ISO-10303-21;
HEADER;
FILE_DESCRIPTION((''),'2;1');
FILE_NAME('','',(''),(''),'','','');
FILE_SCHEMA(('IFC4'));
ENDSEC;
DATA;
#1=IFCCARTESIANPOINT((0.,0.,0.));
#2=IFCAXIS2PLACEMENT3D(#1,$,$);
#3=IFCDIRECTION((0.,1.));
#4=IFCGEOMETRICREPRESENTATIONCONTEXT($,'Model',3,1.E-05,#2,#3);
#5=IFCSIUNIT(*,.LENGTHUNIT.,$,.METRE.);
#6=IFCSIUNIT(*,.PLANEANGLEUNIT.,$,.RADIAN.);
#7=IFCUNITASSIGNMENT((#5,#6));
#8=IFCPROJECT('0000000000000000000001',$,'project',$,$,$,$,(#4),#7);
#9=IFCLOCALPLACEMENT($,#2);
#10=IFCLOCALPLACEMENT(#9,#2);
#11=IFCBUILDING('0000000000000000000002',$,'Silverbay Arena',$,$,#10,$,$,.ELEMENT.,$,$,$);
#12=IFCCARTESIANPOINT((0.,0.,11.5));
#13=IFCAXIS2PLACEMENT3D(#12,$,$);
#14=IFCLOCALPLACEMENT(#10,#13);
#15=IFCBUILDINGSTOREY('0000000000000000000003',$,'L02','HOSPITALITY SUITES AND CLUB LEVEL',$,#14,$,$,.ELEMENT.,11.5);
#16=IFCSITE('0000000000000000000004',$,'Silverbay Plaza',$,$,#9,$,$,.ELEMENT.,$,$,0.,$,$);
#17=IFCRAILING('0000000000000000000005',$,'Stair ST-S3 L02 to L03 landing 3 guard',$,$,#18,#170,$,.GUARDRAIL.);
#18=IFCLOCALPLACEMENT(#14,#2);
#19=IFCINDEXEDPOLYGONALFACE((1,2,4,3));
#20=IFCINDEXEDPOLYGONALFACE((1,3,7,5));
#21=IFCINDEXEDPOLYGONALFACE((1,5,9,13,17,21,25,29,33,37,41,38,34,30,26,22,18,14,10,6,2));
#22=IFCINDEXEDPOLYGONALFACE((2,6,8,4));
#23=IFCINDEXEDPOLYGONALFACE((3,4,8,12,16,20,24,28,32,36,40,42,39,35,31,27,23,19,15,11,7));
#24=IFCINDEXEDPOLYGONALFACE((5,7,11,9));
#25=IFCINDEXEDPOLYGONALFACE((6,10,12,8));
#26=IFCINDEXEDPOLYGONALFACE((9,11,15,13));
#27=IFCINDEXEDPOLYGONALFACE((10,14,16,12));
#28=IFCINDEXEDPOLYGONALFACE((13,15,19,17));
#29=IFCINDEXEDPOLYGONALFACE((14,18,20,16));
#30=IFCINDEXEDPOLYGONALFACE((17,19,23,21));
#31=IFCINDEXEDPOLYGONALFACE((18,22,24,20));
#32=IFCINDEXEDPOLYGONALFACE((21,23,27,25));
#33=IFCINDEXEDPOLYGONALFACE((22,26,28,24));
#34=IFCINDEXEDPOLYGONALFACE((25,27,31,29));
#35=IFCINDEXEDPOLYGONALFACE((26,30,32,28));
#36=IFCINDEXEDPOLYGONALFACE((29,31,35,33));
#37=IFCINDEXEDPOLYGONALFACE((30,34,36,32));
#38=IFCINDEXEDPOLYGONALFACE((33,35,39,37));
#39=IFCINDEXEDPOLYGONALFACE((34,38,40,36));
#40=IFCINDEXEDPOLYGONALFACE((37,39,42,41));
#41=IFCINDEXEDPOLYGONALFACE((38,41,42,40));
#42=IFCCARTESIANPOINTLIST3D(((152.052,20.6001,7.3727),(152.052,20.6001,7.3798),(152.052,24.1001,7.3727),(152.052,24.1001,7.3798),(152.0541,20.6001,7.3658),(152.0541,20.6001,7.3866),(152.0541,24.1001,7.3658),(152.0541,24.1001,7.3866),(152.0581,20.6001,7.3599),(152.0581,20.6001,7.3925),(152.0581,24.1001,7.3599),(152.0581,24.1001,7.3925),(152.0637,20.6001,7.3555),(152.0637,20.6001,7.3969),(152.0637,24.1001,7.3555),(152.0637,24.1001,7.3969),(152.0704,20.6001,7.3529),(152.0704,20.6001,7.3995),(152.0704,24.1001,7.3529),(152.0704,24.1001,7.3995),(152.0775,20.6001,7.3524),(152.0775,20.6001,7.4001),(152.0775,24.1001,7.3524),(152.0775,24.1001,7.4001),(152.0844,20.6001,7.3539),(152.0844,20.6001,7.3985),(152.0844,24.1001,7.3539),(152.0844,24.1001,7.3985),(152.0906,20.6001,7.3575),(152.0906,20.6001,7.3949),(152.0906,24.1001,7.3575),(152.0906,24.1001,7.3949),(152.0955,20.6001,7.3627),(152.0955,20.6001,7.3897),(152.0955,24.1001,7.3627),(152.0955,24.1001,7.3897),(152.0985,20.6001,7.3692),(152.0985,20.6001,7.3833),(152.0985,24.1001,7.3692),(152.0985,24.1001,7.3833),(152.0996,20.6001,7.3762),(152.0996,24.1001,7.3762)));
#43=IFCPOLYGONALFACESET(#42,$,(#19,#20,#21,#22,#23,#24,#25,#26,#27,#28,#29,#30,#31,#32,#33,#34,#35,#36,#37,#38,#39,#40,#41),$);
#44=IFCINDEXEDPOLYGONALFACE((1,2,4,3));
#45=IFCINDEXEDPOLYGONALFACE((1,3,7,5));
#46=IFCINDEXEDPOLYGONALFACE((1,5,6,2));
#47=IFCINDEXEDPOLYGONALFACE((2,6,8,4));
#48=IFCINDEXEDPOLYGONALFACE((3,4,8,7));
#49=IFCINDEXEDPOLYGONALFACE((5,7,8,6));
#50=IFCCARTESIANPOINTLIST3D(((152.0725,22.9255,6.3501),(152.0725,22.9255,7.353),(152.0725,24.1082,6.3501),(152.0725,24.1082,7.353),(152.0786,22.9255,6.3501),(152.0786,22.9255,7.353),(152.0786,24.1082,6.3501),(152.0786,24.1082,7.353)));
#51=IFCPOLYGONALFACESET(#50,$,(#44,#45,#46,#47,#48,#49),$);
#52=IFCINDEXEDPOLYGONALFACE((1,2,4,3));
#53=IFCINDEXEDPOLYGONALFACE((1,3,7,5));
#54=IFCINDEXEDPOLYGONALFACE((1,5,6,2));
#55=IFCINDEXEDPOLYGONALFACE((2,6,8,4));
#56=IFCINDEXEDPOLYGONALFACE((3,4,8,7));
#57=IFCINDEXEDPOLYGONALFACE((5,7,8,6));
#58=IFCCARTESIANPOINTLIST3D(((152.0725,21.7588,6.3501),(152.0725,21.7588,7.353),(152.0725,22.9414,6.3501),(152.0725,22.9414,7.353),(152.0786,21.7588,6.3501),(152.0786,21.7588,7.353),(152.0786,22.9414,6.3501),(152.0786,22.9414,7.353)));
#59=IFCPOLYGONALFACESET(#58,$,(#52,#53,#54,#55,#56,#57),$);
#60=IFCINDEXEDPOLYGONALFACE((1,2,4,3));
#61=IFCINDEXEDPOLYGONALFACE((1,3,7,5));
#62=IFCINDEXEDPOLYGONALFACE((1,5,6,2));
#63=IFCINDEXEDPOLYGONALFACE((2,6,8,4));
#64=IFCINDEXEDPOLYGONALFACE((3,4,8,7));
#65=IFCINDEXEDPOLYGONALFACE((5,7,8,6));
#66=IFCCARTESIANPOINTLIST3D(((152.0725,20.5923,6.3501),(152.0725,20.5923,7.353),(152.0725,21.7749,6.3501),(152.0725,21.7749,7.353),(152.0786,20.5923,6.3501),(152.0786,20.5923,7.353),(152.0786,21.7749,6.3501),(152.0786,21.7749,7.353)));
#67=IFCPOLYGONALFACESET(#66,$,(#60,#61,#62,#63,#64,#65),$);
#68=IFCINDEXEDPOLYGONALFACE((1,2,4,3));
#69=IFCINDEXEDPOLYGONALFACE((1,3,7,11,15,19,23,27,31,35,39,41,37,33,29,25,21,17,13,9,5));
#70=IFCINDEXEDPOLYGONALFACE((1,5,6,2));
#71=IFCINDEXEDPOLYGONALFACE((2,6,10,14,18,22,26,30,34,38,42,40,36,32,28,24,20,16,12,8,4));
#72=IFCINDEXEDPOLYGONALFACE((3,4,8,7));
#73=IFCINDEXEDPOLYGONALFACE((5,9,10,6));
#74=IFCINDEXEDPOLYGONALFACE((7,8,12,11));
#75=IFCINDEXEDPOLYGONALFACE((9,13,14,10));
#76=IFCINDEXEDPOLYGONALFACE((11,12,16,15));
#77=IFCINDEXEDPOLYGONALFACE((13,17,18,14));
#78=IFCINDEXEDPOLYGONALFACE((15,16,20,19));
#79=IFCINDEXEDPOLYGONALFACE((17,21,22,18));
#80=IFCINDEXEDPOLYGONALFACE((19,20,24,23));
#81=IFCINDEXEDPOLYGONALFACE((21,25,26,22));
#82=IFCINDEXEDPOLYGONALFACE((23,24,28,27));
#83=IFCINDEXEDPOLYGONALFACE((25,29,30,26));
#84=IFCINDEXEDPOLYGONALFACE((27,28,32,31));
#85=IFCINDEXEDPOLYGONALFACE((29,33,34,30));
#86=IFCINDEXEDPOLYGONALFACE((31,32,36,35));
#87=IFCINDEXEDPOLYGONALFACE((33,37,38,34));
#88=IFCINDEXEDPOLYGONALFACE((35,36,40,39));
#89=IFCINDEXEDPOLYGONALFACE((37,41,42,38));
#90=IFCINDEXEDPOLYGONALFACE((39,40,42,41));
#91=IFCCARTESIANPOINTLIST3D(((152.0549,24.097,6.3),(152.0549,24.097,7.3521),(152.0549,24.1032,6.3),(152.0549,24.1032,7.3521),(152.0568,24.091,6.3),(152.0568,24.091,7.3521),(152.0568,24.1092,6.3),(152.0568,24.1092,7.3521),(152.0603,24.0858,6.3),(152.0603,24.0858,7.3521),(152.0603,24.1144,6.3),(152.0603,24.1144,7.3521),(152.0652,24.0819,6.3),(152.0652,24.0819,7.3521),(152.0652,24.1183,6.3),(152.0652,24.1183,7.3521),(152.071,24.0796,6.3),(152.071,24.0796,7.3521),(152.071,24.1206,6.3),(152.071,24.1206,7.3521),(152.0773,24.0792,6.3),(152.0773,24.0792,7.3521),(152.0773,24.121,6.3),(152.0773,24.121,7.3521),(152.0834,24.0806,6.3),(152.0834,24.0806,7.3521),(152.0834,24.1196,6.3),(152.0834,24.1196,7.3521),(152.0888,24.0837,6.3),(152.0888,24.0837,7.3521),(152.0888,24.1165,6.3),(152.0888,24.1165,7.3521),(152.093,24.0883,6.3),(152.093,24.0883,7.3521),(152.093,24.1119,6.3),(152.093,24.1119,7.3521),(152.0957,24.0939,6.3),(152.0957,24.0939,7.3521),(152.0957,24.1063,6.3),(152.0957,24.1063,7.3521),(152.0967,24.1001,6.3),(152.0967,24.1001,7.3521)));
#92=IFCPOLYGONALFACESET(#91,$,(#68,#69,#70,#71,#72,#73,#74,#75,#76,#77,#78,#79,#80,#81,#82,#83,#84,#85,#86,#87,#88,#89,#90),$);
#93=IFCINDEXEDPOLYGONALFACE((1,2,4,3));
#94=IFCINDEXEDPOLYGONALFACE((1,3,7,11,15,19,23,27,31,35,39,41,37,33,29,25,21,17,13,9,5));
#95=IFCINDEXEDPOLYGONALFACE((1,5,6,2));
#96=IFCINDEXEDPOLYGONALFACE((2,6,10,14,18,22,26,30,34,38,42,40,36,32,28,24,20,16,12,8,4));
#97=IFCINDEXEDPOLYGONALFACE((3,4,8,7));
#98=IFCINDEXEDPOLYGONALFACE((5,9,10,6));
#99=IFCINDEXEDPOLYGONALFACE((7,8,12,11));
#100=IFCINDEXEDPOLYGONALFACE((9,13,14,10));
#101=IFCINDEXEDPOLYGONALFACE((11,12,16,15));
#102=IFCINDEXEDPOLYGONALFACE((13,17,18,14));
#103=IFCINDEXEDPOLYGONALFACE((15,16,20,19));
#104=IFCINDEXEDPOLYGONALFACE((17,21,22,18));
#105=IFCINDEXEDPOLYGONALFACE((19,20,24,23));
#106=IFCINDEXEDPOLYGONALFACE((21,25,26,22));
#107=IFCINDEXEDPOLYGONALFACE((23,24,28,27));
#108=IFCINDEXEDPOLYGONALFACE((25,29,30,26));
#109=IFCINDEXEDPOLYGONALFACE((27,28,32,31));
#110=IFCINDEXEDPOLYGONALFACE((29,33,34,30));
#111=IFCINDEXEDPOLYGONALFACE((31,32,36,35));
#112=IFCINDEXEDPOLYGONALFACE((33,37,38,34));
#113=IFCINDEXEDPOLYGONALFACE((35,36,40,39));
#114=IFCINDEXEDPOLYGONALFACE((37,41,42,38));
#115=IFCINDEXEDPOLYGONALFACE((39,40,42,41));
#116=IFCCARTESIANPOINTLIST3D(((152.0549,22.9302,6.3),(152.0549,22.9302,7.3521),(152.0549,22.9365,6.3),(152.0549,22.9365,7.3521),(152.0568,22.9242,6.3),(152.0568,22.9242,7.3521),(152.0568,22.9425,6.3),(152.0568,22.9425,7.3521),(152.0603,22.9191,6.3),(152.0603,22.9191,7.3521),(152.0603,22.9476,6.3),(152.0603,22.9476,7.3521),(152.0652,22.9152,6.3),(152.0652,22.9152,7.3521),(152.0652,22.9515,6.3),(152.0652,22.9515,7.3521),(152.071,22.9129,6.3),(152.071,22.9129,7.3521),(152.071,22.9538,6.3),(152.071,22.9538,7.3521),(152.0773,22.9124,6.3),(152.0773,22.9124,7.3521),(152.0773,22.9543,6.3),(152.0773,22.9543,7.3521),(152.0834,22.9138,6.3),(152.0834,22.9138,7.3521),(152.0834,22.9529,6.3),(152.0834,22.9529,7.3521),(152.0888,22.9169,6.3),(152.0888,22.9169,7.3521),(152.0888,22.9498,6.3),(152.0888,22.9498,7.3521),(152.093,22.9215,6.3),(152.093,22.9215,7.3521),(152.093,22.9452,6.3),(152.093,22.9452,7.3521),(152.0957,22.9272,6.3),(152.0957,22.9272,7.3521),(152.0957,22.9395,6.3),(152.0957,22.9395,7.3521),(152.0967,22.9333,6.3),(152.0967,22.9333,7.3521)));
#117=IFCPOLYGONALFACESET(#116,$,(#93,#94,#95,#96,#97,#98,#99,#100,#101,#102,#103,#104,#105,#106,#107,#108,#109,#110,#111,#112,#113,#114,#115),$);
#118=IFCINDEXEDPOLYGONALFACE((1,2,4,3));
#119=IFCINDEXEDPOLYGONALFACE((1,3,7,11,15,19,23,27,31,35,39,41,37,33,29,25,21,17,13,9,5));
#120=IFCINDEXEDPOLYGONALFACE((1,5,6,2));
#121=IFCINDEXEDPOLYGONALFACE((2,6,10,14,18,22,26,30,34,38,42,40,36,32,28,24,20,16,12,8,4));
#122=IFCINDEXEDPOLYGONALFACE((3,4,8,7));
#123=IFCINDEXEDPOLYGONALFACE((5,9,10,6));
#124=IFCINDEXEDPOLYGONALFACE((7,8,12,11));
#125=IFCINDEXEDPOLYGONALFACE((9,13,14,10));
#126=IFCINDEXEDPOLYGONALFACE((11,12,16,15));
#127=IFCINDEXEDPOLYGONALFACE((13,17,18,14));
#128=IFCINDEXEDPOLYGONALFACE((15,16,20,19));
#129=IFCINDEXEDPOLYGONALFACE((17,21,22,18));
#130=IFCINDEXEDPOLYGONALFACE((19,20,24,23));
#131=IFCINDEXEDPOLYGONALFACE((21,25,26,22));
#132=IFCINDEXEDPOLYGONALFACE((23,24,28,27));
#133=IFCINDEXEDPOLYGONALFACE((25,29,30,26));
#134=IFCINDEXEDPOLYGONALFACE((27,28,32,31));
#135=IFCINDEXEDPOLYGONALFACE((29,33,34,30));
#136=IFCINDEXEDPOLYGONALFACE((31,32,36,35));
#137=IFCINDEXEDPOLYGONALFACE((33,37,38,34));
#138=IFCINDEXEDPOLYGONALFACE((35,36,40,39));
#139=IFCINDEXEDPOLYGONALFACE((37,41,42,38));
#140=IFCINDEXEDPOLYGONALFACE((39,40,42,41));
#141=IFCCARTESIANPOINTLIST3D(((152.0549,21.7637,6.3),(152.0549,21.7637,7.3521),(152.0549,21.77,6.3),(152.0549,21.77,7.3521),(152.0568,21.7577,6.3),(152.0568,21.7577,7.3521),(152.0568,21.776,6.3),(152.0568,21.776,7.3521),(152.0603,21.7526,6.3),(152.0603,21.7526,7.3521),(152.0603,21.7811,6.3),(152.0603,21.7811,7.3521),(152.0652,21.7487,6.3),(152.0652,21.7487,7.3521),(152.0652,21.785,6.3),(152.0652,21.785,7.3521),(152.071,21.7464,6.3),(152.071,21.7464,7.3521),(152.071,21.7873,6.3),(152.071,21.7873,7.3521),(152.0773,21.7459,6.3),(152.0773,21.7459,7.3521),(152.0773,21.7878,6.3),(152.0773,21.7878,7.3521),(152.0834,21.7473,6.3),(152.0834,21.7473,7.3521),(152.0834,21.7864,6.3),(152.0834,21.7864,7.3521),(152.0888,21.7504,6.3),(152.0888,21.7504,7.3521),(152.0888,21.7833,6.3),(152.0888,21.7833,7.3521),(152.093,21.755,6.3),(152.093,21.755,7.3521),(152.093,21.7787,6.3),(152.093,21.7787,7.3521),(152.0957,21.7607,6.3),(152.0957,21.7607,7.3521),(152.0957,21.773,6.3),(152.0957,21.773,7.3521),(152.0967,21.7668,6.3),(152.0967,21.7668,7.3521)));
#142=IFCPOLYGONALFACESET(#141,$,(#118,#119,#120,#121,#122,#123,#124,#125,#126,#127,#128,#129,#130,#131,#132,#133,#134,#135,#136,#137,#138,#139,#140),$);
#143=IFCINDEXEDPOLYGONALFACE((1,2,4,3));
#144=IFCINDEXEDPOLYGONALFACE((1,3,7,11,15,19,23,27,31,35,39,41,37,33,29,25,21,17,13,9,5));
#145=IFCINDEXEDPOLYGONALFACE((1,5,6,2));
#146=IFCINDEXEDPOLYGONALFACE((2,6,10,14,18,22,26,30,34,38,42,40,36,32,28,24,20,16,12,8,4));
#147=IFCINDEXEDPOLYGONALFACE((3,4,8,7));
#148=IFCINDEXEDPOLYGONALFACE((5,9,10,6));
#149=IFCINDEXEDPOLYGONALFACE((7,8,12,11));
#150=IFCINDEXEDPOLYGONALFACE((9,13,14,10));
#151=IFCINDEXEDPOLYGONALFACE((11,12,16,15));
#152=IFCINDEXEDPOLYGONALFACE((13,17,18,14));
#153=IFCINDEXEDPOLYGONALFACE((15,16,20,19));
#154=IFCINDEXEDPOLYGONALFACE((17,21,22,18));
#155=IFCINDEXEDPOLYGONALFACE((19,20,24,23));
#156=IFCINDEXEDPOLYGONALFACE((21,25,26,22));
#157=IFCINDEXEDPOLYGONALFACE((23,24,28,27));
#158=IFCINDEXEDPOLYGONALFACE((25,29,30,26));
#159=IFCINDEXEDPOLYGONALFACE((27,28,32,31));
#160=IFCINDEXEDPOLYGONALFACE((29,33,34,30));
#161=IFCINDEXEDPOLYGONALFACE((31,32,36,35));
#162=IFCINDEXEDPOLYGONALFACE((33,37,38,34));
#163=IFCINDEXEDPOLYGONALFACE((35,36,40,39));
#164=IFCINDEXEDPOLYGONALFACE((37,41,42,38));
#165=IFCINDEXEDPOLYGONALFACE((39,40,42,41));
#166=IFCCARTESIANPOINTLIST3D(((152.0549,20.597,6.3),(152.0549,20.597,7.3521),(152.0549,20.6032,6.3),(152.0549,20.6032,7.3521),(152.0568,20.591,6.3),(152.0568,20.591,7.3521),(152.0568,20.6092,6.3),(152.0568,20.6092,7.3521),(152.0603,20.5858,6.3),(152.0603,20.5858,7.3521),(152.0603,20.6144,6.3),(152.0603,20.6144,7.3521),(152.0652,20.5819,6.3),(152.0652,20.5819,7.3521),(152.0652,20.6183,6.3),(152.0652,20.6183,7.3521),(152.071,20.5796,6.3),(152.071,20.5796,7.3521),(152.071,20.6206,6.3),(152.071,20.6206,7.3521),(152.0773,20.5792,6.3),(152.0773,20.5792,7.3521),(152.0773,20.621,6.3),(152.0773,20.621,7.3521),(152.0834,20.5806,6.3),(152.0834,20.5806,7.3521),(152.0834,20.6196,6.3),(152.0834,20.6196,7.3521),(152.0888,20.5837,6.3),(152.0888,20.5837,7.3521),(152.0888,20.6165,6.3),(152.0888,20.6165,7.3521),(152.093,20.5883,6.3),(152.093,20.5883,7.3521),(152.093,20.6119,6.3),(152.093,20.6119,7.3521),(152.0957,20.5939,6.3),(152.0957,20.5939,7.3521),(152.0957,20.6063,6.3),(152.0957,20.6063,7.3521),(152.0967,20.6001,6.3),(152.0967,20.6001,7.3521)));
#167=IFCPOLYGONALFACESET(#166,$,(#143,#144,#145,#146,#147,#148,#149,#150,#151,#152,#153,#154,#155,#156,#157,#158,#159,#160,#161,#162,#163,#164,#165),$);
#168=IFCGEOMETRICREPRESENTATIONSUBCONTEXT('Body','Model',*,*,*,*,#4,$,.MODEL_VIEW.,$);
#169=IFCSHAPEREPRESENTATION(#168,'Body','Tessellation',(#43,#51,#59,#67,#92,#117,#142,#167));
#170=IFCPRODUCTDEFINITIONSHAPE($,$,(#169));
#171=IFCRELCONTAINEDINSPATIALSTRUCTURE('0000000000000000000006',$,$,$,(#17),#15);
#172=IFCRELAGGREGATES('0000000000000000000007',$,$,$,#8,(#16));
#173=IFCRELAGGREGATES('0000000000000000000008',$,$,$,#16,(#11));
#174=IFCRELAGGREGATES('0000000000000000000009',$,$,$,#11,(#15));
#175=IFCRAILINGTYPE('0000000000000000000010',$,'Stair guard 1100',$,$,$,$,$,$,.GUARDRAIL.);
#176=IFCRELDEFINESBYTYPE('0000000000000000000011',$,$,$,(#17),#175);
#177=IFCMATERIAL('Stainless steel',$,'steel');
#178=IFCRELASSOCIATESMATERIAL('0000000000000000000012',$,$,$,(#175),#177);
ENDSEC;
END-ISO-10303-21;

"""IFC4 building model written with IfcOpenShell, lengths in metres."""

from ifc_helpers import new_model, si_unit, direction, frame, origin, origin_2d, place, context, subcontext, project, spatial, polyline, circle, outline, extrude, material, type_object, element, save


model = new_model("IFC4")

# Units and contexts
model_context = context("Model", 3, precision=1e-05, world=origin(), true_north=direction((0.0, 1.0)))
body_context = subcontext(model_context, "Body", "Model", "MODEL_VIEW")
ifc_project = project(units=[si_unit("LENGTHUNIT", "METRE"), si_unit("PLANEANGLEUNIT", "RADIAN")], contexts=[model_context])

# Site, building, storey
site_placement = place(None, origin())
site = spatial("IfcSite", under=ifc_project, at=site_placement, Name="Silverbay Plaza", CompositionType="ELEMENT", RefElevation=0.0)
building_placement = place(site_placement, origin())
building = spatial("IfcBuilding", under=site, at=building_placement, Name="Silverbay Arena", CompositionType="ELEMENT")
storey_placement = place(building_placement, frame((0.0, 0.0, 11.5)))
storey = spatial("IfcBuildingStorey", under=building, at=storey_placement, Name="L02", Description="HOSPITALITY SUITES AND CLUB LEVEL", CompositionType="ELEMENT", Elevation=11.5)

# Railing
ifc_material_1 = material(Name="Stainless steel", Category="steel")
railing_type_1 = type_object("IfcRailingType", Name="Stair guard 1100", PredefinedType="GUARDRAIL", material=ifc_material_1)
for number, where, name in (
    (1, (152.0757, 24.1001, 6.3), "Stair ST-S3 L02 to L03 landing 3 guard"),
):
    element("IfcRailing", number, at=place(storey_placement, frame(where)), inside=storey, type_object=railing_type_1, Name=name, PredefinedType="GUARDRAIL", context=body_context, shape_type="SweptSolid", body=[
        extrude(circle(Radius=0.0239, at=origin_2d()), frame((0.0, 0.0, 1.0762), z_axis=(0.0, -1.0, 0.0), x_axis=(1.0, 0.0, 0.0)), (0.0, 0.0, 1.0), 3.5),
        extrude(outline(polyline([(-0.0081, 0.05), (1.1746, 0.05), (1.1746, 1.053), (-0.0081, 1.053), (-0.0081, 0.05)])), frame((0.0029, 0.0, 0.0), z_axis=(-1.0, 0.0, 0.0), x_axis=(0.0, -1.0, 0.0)), (0.0, 0.0, 1.0), 0.0061),
        extrude(outline(polyline([(-0.0081, 0.05), (1.1746, 0.05), (1.1746, 1.053), (-0.0081, 1.053), (-0.0081, 0.05)])), frame((0.0029, -1.1667, 0.0), z_axis=(-1.0, 0.0, 0.0), x_axis=(0.0, -1.0, 0.0)), (0.0, 0.0, 1.0), 0.0061),
        extrude(outline(polyline([(-0.0081, 0.05), (1.1746, 0.05), (1.1746, 1.053), (-0.0081, 1.053), (-0.0081, 0.05)])), frame((0.0029, -2.3333, 0.0), z_axis=(-1.0, 0.0, 0.0), x_axis=(0.0, -1.0, 0.0)), (0.0, 0.0, 1.0), 0.0061),
        extrude(circle(Radius=0.021, at=origin_2d()), origin(), (0.0, 0.0, 1.0), 1.052),
        extrude(circle(Radius=0.021, at=origin_2d()), frame((0.0, -1.1667, 0.0)), (0.0, 0.0, 1.0), 1.052),
        extrude(circle(Radius=0.021, at=origin_2d()), frame((0.0, -2.3333, 0.0)), (0.0, 0.0, 1.0), 1.052),
        extrude(circle(Radius=0.021, at=origin_2d()), frame((0.0, -3.5, 0.0)), (0.0, 0.0, 1.0), 1.052),
    ])

save(model, "model.ifc")
